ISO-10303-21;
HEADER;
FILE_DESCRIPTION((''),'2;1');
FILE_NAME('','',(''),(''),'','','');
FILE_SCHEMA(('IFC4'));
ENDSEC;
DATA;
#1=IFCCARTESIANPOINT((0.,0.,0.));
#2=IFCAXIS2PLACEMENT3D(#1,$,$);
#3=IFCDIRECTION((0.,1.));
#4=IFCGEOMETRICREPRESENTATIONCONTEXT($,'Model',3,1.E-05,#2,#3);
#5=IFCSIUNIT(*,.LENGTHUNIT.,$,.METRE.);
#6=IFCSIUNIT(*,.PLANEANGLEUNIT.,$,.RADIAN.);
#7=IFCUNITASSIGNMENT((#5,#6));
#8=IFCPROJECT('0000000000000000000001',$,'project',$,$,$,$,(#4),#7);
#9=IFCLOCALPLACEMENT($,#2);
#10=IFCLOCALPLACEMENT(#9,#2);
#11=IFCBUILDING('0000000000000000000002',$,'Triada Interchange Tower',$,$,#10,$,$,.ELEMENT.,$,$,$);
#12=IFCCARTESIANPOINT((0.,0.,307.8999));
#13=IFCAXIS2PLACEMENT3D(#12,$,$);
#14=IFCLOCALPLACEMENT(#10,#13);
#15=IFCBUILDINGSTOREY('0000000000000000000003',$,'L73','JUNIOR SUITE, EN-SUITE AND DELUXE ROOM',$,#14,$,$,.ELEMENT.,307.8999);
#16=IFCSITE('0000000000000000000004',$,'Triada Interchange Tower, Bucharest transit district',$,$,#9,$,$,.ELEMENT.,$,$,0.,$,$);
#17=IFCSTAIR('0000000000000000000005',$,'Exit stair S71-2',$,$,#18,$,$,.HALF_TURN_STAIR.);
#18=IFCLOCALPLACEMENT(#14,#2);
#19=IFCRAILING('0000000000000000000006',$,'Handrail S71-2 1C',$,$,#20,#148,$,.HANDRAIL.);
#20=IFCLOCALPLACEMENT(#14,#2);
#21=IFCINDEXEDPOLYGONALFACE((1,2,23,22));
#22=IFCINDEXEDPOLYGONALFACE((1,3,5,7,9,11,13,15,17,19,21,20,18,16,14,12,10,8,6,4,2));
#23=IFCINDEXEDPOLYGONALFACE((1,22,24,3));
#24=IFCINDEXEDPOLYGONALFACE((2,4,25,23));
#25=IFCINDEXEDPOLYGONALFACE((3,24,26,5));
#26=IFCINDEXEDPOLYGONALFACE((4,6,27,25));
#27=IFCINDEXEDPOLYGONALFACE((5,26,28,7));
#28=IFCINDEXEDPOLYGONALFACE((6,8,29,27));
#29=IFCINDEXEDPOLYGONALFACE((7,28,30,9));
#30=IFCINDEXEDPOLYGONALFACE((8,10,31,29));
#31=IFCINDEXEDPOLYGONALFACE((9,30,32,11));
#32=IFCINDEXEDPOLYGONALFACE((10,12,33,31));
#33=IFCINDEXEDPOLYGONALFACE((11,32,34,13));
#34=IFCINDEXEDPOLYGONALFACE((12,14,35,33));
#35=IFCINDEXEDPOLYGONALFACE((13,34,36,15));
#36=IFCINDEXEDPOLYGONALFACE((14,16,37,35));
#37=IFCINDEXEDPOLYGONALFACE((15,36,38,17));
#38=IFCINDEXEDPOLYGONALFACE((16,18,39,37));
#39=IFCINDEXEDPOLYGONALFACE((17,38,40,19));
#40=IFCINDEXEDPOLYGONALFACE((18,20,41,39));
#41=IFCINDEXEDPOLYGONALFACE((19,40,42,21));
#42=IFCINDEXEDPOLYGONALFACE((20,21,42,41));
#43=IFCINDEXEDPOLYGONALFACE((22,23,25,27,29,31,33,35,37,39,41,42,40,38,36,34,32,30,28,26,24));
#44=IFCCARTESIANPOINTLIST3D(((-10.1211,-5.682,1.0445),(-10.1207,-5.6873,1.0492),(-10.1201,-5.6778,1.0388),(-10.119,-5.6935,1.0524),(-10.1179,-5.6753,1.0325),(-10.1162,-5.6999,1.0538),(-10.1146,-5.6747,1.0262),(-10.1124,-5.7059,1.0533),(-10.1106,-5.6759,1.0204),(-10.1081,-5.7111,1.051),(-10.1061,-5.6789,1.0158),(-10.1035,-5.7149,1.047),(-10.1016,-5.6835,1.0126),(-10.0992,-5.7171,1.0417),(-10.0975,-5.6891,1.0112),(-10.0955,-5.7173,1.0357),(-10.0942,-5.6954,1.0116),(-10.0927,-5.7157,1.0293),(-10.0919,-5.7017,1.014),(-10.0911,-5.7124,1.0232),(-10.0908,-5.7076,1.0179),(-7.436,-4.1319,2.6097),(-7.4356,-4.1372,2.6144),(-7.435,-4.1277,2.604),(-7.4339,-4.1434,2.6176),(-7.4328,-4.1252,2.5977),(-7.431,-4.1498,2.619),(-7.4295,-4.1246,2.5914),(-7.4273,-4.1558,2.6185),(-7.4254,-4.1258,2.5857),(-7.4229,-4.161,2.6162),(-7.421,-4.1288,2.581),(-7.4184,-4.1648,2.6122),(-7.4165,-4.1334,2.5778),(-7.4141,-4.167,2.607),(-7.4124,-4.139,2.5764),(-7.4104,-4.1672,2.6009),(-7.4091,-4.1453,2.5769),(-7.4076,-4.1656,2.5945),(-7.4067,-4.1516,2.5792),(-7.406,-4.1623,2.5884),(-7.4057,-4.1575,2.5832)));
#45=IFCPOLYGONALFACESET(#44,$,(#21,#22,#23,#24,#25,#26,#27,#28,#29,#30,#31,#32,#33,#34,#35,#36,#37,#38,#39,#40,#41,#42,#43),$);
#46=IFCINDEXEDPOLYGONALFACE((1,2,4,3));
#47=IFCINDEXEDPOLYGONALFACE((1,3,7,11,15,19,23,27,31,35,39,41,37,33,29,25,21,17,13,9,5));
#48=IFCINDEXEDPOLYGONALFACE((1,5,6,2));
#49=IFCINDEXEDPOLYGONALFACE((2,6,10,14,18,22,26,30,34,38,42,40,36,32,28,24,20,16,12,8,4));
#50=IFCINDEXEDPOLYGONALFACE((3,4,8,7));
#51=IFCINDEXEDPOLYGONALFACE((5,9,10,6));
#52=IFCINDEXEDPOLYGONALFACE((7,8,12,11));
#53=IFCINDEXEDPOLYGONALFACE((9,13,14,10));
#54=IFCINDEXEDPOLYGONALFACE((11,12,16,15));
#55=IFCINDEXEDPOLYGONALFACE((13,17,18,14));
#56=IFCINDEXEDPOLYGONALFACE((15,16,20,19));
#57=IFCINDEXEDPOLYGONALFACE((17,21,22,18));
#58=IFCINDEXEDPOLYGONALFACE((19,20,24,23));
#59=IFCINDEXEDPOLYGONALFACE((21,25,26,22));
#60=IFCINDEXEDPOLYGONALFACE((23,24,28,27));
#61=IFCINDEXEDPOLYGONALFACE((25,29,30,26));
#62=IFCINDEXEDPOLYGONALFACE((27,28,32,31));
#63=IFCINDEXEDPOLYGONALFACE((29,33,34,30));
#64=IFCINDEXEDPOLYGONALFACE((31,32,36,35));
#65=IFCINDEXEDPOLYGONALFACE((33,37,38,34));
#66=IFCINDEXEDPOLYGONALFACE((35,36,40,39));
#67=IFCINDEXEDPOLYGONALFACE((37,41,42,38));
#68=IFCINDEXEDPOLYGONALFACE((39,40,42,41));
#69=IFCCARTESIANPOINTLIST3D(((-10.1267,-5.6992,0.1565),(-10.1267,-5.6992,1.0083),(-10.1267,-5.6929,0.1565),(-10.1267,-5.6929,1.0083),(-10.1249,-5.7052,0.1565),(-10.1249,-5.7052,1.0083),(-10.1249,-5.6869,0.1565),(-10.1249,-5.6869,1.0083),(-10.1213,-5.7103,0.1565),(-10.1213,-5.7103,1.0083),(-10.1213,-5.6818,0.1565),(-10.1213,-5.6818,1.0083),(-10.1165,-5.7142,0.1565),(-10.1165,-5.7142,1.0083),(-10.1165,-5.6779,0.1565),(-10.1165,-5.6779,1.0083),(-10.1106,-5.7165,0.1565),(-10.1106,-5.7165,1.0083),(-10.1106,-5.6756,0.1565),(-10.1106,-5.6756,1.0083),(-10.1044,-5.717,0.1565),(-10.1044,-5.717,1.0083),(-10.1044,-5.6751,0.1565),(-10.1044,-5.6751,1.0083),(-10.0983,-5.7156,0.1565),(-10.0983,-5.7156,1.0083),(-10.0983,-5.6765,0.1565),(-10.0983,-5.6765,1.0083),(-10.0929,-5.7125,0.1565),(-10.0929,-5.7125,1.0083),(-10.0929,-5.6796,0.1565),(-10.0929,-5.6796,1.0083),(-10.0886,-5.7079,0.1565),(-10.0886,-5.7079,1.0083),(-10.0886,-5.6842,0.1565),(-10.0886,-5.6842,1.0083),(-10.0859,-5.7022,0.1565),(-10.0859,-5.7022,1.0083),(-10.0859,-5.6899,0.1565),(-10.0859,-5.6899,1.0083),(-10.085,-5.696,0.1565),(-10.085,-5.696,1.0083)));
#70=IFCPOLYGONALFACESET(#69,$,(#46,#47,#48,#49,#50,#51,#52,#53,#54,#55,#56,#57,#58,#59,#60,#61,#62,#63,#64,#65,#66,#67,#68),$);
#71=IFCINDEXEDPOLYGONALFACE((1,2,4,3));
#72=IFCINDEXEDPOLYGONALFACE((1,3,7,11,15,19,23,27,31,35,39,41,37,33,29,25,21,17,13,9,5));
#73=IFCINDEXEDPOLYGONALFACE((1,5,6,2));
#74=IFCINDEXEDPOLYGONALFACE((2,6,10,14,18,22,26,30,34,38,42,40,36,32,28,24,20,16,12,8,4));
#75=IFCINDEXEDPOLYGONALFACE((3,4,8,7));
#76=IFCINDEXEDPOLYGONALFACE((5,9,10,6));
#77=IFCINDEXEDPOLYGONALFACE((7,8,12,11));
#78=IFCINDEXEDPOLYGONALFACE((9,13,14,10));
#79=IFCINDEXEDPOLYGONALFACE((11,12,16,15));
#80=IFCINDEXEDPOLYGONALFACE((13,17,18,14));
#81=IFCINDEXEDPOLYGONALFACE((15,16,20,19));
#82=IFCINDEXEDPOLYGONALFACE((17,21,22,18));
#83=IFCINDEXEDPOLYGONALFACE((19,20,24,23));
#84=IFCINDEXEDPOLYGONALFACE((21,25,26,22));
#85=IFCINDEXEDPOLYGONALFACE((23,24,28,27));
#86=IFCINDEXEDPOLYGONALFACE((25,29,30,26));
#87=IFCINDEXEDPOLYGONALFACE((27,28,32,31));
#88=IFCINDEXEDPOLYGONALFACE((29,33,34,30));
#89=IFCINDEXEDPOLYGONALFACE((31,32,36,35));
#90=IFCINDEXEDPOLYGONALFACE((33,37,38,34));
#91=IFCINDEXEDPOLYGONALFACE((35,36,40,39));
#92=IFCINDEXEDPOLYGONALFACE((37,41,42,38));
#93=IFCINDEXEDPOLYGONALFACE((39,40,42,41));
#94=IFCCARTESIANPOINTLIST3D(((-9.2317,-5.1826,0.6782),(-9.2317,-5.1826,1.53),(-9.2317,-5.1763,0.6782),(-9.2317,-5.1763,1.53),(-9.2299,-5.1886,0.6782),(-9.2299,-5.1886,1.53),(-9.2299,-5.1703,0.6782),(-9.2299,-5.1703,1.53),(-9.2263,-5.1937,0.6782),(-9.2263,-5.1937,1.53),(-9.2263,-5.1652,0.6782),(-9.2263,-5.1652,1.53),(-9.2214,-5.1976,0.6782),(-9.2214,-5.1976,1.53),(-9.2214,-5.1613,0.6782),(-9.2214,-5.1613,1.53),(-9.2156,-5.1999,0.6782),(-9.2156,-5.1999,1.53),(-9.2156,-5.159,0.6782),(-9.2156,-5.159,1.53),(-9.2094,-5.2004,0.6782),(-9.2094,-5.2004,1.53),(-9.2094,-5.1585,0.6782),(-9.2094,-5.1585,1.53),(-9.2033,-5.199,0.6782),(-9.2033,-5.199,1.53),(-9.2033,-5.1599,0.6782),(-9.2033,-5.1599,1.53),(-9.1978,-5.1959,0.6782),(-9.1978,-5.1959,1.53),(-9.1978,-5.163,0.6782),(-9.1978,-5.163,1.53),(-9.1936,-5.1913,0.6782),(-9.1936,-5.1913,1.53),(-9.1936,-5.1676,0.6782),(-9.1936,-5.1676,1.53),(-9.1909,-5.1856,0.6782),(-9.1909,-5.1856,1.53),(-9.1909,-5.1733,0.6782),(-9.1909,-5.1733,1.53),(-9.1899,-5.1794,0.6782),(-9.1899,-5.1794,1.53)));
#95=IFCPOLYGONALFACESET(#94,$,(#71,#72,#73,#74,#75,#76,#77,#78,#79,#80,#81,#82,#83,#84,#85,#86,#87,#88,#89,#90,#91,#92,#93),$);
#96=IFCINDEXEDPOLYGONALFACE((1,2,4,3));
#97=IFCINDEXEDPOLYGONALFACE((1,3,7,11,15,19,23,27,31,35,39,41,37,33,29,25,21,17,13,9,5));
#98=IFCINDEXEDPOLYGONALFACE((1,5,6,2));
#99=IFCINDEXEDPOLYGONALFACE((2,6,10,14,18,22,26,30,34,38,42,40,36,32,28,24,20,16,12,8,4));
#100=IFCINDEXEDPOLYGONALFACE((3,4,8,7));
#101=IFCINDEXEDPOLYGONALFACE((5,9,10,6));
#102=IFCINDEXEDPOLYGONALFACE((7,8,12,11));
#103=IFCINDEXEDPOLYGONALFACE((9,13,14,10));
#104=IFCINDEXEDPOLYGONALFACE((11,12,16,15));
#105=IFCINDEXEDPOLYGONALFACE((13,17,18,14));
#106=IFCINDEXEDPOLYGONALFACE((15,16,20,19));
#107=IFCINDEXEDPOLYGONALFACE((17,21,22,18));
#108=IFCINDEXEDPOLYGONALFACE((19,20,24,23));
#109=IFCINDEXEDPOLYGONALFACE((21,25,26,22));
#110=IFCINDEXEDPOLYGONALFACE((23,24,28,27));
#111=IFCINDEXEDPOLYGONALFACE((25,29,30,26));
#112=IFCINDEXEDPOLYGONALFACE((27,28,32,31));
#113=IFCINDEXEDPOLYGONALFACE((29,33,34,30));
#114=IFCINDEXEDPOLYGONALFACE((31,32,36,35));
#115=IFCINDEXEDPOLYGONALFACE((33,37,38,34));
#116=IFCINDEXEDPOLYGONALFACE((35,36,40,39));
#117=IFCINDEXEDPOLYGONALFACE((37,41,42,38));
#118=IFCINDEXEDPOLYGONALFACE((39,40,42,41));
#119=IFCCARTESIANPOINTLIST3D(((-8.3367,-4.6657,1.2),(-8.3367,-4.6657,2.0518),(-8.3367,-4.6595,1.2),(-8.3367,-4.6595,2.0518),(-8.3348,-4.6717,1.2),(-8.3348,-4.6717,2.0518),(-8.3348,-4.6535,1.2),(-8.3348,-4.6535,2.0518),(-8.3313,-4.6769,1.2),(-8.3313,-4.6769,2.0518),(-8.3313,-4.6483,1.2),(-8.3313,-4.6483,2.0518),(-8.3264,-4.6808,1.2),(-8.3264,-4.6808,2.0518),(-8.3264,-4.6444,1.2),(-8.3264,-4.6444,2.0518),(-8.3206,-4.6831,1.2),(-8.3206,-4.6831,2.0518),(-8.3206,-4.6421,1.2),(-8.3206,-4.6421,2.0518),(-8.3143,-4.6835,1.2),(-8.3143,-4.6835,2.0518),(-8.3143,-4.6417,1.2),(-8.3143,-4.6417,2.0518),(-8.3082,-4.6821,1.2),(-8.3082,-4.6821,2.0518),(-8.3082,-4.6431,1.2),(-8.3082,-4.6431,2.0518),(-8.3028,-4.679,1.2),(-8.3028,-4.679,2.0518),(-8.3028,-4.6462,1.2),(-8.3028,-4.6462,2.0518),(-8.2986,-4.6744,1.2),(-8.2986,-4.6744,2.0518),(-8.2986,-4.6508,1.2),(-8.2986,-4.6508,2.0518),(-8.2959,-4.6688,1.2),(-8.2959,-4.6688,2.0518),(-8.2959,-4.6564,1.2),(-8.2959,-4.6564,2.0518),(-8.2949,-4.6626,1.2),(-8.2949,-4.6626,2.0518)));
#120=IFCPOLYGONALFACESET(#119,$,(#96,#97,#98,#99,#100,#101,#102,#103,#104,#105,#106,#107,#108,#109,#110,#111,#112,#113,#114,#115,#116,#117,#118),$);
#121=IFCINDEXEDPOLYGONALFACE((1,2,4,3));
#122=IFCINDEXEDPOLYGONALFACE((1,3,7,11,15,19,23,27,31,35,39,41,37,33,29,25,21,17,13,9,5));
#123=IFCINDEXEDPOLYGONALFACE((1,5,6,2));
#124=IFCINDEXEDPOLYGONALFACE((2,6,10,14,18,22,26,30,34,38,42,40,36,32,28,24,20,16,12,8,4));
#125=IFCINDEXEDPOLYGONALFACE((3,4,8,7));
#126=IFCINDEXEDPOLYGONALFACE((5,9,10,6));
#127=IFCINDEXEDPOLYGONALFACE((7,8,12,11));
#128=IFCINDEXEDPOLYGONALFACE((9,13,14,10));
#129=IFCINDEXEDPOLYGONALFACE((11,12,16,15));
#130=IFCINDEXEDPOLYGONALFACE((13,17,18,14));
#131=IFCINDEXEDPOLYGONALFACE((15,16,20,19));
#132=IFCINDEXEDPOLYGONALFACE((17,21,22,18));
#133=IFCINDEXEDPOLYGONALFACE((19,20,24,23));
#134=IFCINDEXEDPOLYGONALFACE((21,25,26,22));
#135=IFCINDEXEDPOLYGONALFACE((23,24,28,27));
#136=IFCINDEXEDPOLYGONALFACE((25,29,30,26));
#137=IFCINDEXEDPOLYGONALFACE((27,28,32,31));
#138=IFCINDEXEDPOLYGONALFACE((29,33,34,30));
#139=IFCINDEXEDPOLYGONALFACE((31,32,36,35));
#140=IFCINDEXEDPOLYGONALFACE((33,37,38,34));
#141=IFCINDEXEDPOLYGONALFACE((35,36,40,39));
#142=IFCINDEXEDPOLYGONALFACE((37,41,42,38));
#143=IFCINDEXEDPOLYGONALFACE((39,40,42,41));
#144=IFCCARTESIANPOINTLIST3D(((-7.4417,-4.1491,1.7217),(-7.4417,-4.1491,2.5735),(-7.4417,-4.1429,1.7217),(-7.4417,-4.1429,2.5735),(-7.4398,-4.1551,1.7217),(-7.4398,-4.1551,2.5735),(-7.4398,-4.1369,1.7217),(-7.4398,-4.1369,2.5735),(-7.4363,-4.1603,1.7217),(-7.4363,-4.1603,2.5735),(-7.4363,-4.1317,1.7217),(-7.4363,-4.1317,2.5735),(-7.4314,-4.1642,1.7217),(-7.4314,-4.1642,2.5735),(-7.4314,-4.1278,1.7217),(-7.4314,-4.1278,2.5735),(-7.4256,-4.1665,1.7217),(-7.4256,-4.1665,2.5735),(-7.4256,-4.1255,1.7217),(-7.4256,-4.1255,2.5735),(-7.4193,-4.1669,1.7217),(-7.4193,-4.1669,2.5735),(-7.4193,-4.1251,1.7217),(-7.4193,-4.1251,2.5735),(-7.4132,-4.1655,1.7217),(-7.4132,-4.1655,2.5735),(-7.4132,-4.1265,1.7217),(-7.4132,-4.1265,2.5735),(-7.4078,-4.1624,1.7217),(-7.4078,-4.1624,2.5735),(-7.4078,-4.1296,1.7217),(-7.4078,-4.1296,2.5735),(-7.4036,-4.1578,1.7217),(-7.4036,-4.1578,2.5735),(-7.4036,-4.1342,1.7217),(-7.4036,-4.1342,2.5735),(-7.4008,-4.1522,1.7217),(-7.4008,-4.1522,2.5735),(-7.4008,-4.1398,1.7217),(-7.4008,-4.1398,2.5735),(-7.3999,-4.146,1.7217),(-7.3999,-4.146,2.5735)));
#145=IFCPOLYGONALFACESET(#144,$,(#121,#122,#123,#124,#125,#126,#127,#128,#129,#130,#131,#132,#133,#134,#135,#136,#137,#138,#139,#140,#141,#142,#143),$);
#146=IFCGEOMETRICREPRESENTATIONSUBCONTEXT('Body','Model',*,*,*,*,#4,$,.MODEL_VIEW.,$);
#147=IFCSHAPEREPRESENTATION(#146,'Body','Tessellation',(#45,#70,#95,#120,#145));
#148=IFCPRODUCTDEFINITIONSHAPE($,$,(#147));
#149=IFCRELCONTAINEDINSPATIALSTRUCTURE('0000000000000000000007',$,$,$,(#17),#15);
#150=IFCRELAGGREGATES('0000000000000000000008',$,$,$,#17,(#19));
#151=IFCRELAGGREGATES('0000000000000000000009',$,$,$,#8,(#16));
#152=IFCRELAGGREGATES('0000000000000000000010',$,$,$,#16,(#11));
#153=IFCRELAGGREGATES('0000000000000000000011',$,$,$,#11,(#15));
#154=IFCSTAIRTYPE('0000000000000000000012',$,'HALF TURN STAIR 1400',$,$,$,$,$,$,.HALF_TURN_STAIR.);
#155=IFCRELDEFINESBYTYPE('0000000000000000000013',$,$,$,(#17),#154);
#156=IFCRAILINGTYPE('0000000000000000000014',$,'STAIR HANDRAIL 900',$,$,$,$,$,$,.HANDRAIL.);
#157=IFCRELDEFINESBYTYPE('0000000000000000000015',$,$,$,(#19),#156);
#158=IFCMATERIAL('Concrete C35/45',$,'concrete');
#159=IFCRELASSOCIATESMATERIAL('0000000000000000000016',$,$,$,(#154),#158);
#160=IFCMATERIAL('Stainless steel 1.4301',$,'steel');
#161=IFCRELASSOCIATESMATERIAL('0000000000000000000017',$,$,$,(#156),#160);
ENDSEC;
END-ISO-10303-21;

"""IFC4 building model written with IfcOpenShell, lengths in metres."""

from ifc_helpers import new_model, si_unit, direction, frame, origin, origin_2d, place, context, subcontext, project, spatial, circle, extrude, material, type_object, element, aggregate, save


model = new_model("IFC4")

# Units and contexts
model_context = context("Model", 3, precision=1e-05, world=origin(), true_north=direction((0.0, 1.0)))
body_context = subcontext(model_context, "Body", "Model", "MODEL_VIEW")
ifc_project = project(units=[si_unit("LENGTHUNIT", "METRE"), si_unit("PLANEANGLEUNIT", "RADIAN")], contexts=[model_context])

# Site, building, storey
site_placement = place(None, origin())
site = spatial("IfcSite", under=ifc_project, at=site_placement, Name="Triada Interchange Tower, Bucharest transit district", CompositionType="ELEMENT", RefElevation=0.0)
building_placement = place(site_placement, origin())
building = spatial("IfcBuilding", under=site, at=building_placement, Name="Triada Interchange Tower", CompositionType="ELEMENT")
storey_placement = place(building_placement, frame((0.0, 0.0, 307.8999)))
storey = spatial("IfcBuildingStorey", under=building, at=storey_placement, Name="L73", Description="JUNIOR SUITE, EN-SUITE AND DELUXE ROOM", CompositionType="ELEMENT", Elevation=307.8999)

# Stair, railing
ifc_material_1 = material(Name="Concrete C35/45", Category="concrete")
stair_type = type_object("IfcStairType", Name="HALF TURN STAIR 1400", PredefinedType="HALF_TURN_STAIR", material=ifc_material_1)
stair_placement = place(storey_placement, origin())
stair = element("IfcStair", 1, at=stair_placement, inside=storey, type_object=stair_type, Name="Exit stair S71-2", PredefinedType="HALF_TURN_STAIR")
ifc_material_2 = material(Name="Stainless steel 1.4301", Category="steel")
railing_type = type_object("IfcRailingType", Name="STAIR HANDRAIL 900", PredefinedType="HANDRAIL", material=ifc_material_2)
railing_1_placement = place(storey_placement, frame((-10.106, -5.696, 0.1565)))
railing_1 = element("IfcRailing", 2, at=railing_1_placement, type_object=railing_type, Name="Handrail S71-2 1C", PredefinedType="HANDRAIL", context=body_context, shape_type="SweptSolid", body=[
    extrude(circle(Radius=0.0239, at=origin_2d()), frame((0.0, 0.0, 0.876), z_axis=(0.773115, 0.446309, 0.450667), x_axis=(-0.499959, 0.866049, 0.0)), (0.0, 0.0, 1.0), 3.4731),
    extrude(circle(Radius=0.021, at=origin_2d()), origin(), (0.0, 0.0, 1.0), 0.8518),
    extrude(circle(Radius=0.021, at=origin_2d()), frame((0.895, 0.5166, 0.5217)), (0.0, 0.0, 1.0), 0.8518),
    extrude(circle(Radius=0.021, at=origin_2d()), frame((1.79, 1.0334, 1.0435)), (0.0, 0.0, 1.0), 0.8518),
    extrude(circle(Radius=0.021, at=origin_2d()), frame((2.6851, 1.55, 1.5652)), (0.0, 0.0, 1.0), 0.8518),
])
aggregate(stair, [railing_1])

save(model, "model.ifc")
